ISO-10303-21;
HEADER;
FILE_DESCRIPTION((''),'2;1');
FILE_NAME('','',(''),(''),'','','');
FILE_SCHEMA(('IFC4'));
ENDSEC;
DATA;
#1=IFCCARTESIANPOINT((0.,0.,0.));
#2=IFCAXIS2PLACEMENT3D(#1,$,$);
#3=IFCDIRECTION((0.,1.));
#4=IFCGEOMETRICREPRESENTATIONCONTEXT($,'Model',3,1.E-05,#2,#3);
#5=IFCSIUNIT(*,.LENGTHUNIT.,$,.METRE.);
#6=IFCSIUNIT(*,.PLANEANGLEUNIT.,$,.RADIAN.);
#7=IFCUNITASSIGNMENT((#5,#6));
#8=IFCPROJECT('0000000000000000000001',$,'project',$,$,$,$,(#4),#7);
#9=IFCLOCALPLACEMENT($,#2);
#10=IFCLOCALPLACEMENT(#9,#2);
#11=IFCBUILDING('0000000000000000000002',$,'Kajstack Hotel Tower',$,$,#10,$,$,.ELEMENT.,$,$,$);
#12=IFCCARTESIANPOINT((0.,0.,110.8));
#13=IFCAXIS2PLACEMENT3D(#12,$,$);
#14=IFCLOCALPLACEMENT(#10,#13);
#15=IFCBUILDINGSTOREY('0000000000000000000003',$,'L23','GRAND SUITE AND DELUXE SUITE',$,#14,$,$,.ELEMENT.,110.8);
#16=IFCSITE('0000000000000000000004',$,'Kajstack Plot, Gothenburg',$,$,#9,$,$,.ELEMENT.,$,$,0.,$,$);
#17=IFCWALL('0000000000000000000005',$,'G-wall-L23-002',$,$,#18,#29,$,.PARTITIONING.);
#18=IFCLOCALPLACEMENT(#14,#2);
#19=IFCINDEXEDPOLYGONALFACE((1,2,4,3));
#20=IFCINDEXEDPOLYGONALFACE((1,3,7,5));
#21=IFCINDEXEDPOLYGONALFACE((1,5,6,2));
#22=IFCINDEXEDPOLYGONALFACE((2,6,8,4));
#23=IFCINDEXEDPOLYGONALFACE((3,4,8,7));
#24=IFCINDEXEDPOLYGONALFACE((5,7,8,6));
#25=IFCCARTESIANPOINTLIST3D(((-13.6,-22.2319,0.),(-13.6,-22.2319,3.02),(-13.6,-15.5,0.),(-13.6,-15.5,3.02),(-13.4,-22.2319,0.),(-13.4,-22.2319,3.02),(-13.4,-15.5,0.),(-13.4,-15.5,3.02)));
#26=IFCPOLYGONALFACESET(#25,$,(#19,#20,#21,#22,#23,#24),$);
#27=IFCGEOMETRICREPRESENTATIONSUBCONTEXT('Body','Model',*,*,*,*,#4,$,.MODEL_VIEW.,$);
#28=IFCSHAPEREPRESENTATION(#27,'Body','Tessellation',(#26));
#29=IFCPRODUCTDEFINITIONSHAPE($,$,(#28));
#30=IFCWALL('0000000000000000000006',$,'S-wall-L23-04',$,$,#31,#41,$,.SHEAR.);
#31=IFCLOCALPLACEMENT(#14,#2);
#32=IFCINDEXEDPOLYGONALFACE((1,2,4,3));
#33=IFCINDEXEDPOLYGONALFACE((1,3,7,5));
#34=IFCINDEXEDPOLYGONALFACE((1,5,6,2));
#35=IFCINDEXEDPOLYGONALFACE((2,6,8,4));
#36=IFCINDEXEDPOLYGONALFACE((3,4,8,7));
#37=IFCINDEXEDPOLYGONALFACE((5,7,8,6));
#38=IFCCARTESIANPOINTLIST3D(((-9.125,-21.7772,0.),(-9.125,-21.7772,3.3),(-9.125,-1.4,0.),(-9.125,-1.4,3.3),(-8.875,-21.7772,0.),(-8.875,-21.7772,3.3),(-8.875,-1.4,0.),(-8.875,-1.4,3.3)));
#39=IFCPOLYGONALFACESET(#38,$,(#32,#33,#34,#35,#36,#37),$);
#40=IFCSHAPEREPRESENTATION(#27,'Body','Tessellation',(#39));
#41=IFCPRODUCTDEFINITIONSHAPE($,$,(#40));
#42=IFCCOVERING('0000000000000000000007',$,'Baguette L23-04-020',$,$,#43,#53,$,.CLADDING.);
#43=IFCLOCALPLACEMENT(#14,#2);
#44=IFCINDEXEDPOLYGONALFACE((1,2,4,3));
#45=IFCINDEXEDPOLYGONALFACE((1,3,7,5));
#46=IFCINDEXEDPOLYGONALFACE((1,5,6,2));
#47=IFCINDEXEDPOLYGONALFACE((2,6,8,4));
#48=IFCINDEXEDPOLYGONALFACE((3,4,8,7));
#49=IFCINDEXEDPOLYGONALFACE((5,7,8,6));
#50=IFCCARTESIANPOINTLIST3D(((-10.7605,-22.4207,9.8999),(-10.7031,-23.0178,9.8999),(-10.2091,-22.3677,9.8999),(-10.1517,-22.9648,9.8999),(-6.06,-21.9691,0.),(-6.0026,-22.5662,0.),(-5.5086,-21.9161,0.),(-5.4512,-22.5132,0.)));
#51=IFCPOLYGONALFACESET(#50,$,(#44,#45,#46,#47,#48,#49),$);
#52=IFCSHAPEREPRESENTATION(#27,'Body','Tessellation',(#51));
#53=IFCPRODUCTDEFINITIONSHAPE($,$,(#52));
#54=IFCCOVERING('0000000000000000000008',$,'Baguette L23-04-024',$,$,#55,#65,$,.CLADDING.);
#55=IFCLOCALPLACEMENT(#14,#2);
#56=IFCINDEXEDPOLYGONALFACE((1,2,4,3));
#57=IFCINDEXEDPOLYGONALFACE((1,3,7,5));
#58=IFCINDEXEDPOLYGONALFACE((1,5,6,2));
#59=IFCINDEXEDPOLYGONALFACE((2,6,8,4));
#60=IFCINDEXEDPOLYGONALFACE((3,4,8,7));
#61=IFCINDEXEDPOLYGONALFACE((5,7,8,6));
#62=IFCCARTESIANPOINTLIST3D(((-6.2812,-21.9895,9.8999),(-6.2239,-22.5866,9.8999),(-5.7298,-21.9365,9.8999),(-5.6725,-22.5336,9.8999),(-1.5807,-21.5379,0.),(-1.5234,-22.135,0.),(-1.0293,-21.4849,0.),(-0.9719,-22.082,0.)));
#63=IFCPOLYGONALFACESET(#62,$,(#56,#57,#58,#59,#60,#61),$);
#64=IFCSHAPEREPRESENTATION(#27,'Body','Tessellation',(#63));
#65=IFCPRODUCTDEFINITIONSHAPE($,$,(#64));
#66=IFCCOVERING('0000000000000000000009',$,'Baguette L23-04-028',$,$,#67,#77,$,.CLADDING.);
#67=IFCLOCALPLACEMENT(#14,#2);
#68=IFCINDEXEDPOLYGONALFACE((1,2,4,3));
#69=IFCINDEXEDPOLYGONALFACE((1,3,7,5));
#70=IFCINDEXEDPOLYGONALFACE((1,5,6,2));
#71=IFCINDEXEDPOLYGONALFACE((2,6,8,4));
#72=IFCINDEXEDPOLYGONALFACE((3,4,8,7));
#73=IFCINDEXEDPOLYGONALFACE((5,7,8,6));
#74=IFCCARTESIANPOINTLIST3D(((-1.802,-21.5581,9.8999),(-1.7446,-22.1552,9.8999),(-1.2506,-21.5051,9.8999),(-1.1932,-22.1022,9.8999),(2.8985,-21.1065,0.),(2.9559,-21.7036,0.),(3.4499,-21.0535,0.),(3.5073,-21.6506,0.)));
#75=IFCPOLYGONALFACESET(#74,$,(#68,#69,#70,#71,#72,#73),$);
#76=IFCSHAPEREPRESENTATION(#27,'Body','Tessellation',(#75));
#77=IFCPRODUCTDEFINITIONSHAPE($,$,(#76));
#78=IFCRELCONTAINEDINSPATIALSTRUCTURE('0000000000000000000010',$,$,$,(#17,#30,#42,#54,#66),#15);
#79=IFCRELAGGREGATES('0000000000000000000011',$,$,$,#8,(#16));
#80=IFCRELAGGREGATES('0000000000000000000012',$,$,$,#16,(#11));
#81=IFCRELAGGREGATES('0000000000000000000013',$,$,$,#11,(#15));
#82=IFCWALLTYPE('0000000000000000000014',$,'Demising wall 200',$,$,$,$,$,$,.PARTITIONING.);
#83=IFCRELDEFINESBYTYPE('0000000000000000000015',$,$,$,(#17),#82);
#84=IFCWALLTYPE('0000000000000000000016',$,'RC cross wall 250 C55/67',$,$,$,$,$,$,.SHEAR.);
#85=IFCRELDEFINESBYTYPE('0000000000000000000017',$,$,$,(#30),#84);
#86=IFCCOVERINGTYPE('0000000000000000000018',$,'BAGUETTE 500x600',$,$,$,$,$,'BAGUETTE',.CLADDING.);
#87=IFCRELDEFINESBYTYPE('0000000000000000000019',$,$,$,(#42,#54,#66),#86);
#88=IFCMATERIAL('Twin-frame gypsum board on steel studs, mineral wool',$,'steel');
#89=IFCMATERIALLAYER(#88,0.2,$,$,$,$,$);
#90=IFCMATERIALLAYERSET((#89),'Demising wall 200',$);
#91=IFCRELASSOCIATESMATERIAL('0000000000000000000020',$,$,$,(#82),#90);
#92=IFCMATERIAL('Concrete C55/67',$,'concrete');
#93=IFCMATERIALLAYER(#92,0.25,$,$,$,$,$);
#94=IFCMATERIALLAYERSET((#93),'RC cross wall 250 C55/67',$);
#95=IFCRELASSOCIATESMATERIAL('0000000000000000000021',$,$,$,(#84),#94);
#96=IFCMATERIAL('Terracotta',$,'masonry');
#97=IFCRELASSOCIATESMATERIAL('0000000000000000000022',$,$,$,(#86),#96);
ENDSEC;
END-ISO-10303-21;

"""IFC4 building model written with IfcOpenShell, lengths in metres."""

from ifc_helpers import new_model, si_unit, direction, frame, frame_2d, origin, origin_2d, place, context, subcontext, project, spatial, polyline, rectangle, outline, extrude, material, layer, layer_set, material_profile, profile_set, type_object, element, save


model = new_model("IFC4")

# Units and contexts
model_context = context("Model", 3, precision=1e-05, world=origin(), true_north=direction((0.0, 1.0)))
body_context = subcontext(model_context, "Body", "Model", "MODEL_VIEW")
ifc_project = project(units=[si_unit("LENGTHUNIT", "METRE"), si_unit("PLANEANGLEUNIT", "RADIAN")], contexts=[model_context])

# Site, building, storey
site_placement = place(None, origin())
site = spatial("IfcSite", under=ifc_project, at=site_placement, Name="Kajstack Plot, Gothenburg", CompositionType="ELEMENT", RefElevation=0.0)
building_placement = place(site_placement, origin())
building = spatial("IfcBuilding", under=site, at=building_placement, Name="Kajstack Hotel Tower", CompositionType="ELEMENT")
storey_placement = place(building_placement, frame((0.0, 0.0, 110.8)))
storey = spatial("IfcBuildingStorey", under=building, at=storey_placement, Name="L23", Description="GRAND SUITE AND DELUXE SUITE", CompositionType="ELEMENT", Elevation=110.8)

# Wall
ifc_material_1 = material(Name="Twin-frame gypsum board on steel studs, mineral wool", Category="steel")
ifc_layer_1 = layer(ifc_material_1, 0.2)
ifc_layer_set_1 = layer_set([ifc_layer_1], Name="Demising wall 200")
wall_type_1 = type_object("IfcWallType", Name="Demising wall 200", PredefinedType="PARTITIONING", material=ifc_layer_set_1)
wall_1_placement = place(storey_placement, frame((-13.5, -22.2319, 0.0), z_axis=(0.0, 0.0, 1.0), x_axis=(0.0, 1.0, 0.0)))
element("IfcWall", 1, at=wall_1_placement, inside=storey, type_object=wall_type_1, Name="G-wall-L23-002", PredefinedType="PARTITIONING", context=body_context, shape_type="SweptSolid", body=[
    extrude(rectangle(XDim=6.7319, YDim=0.2, at=frame_2d((3.366, 0.0))), origin(), (0.0, 0.0, 1.0), 3.02),
])

# Wall
ifc_material_2 = material(Name="Concrete C55/67", Category="concrete")
ifc_layer_2 = layer(ifc_material_2, 0.25)
ifc_layer_set_2 = layer_set([ifc_layer_2], Name="RC cross wall 250 C55/67")
wall_type_2 = type_object("IfcWallType", Name="RC cross wall 250 C55/67", PredefinedType="SHEAR", material=ifc_layer_set_2)
wall_2_placement = place(storey_placement, frame((-9.0, -21.7771, 0.0), z_axis=(0.0, 0.0, 1.0), x_axis=(0.0, 1.0, 0.0)))
element("IfcWall", 2, at=wall_2_placement, inside=storey, type_object=wall_type_2, Name="S-wall-L23-04", PredefinedType="SHEAR", context=body_context, shape_type="SweptSolid", body=[
    extrude(rectangle(XDim=20.3772, YDim=0.25, at=frame_2d((10.1885, 0.0))), origin(), (0.0, 0.0, 1.0), 3.3),
])

# Coverings
ifc_material_3 = material(Name="Terracotta", Category="masonry")
ifc_material_profile = material_profile(ifc_material_3, rectangle(XDim=0.6001, YDim=0.5, at=origin_2d()), Name="Terracotta-clad concrete baguette 500 x 600")
ifc_profile_set = profile_set([ifc_material_profile], Name="Terracotta")
covering_type = type_object("IfcCoveringType", Name="BAGUETTE 500x600", ElementType="BAGUETTE", PredefinedType="CLADDING", material=ifc_profile_set)
for number, where, z_axis, x_axis, name in (
    (3, (-10.7605, -22.4207, 0.0), (0.095635, -0.995416, 0.0), (0.995416, 0.095635, 0.0), "Baguette L23-04-020"),
    (4, (-6.2812, -21.9895, 0.0), (0.095635, -0.995416, 0.0), (0.995416, 0.095635, 0.0), "Baguette L23-04-024"),
    (5, (-1.802, -21.5581, 0.0), (0.095635, -0.995416, 0.0), (0.995416, 0.095635, 0.0), "Baguette L23-04-028"),
):
    element("IfcCovering", number, at=place(storey_placement, frame(where, z_axis=z_axis, x_axis=x_axis)), inside=storey, type_object=covering_type, Name=name, PredefinedType="CLADDING", context=body_context, shape_type="SweptSolid", body=[
        extrude(outline(polyline([(0.0, 9.8999), (4.7222, 0.0), (5.2761, 0.0), (0.554, 9.8999), (0.0, 9.8999)])), origin(), (0.0, 0.0, 1.0), 0.5999),
    ])

save(model, "model.ifc")
